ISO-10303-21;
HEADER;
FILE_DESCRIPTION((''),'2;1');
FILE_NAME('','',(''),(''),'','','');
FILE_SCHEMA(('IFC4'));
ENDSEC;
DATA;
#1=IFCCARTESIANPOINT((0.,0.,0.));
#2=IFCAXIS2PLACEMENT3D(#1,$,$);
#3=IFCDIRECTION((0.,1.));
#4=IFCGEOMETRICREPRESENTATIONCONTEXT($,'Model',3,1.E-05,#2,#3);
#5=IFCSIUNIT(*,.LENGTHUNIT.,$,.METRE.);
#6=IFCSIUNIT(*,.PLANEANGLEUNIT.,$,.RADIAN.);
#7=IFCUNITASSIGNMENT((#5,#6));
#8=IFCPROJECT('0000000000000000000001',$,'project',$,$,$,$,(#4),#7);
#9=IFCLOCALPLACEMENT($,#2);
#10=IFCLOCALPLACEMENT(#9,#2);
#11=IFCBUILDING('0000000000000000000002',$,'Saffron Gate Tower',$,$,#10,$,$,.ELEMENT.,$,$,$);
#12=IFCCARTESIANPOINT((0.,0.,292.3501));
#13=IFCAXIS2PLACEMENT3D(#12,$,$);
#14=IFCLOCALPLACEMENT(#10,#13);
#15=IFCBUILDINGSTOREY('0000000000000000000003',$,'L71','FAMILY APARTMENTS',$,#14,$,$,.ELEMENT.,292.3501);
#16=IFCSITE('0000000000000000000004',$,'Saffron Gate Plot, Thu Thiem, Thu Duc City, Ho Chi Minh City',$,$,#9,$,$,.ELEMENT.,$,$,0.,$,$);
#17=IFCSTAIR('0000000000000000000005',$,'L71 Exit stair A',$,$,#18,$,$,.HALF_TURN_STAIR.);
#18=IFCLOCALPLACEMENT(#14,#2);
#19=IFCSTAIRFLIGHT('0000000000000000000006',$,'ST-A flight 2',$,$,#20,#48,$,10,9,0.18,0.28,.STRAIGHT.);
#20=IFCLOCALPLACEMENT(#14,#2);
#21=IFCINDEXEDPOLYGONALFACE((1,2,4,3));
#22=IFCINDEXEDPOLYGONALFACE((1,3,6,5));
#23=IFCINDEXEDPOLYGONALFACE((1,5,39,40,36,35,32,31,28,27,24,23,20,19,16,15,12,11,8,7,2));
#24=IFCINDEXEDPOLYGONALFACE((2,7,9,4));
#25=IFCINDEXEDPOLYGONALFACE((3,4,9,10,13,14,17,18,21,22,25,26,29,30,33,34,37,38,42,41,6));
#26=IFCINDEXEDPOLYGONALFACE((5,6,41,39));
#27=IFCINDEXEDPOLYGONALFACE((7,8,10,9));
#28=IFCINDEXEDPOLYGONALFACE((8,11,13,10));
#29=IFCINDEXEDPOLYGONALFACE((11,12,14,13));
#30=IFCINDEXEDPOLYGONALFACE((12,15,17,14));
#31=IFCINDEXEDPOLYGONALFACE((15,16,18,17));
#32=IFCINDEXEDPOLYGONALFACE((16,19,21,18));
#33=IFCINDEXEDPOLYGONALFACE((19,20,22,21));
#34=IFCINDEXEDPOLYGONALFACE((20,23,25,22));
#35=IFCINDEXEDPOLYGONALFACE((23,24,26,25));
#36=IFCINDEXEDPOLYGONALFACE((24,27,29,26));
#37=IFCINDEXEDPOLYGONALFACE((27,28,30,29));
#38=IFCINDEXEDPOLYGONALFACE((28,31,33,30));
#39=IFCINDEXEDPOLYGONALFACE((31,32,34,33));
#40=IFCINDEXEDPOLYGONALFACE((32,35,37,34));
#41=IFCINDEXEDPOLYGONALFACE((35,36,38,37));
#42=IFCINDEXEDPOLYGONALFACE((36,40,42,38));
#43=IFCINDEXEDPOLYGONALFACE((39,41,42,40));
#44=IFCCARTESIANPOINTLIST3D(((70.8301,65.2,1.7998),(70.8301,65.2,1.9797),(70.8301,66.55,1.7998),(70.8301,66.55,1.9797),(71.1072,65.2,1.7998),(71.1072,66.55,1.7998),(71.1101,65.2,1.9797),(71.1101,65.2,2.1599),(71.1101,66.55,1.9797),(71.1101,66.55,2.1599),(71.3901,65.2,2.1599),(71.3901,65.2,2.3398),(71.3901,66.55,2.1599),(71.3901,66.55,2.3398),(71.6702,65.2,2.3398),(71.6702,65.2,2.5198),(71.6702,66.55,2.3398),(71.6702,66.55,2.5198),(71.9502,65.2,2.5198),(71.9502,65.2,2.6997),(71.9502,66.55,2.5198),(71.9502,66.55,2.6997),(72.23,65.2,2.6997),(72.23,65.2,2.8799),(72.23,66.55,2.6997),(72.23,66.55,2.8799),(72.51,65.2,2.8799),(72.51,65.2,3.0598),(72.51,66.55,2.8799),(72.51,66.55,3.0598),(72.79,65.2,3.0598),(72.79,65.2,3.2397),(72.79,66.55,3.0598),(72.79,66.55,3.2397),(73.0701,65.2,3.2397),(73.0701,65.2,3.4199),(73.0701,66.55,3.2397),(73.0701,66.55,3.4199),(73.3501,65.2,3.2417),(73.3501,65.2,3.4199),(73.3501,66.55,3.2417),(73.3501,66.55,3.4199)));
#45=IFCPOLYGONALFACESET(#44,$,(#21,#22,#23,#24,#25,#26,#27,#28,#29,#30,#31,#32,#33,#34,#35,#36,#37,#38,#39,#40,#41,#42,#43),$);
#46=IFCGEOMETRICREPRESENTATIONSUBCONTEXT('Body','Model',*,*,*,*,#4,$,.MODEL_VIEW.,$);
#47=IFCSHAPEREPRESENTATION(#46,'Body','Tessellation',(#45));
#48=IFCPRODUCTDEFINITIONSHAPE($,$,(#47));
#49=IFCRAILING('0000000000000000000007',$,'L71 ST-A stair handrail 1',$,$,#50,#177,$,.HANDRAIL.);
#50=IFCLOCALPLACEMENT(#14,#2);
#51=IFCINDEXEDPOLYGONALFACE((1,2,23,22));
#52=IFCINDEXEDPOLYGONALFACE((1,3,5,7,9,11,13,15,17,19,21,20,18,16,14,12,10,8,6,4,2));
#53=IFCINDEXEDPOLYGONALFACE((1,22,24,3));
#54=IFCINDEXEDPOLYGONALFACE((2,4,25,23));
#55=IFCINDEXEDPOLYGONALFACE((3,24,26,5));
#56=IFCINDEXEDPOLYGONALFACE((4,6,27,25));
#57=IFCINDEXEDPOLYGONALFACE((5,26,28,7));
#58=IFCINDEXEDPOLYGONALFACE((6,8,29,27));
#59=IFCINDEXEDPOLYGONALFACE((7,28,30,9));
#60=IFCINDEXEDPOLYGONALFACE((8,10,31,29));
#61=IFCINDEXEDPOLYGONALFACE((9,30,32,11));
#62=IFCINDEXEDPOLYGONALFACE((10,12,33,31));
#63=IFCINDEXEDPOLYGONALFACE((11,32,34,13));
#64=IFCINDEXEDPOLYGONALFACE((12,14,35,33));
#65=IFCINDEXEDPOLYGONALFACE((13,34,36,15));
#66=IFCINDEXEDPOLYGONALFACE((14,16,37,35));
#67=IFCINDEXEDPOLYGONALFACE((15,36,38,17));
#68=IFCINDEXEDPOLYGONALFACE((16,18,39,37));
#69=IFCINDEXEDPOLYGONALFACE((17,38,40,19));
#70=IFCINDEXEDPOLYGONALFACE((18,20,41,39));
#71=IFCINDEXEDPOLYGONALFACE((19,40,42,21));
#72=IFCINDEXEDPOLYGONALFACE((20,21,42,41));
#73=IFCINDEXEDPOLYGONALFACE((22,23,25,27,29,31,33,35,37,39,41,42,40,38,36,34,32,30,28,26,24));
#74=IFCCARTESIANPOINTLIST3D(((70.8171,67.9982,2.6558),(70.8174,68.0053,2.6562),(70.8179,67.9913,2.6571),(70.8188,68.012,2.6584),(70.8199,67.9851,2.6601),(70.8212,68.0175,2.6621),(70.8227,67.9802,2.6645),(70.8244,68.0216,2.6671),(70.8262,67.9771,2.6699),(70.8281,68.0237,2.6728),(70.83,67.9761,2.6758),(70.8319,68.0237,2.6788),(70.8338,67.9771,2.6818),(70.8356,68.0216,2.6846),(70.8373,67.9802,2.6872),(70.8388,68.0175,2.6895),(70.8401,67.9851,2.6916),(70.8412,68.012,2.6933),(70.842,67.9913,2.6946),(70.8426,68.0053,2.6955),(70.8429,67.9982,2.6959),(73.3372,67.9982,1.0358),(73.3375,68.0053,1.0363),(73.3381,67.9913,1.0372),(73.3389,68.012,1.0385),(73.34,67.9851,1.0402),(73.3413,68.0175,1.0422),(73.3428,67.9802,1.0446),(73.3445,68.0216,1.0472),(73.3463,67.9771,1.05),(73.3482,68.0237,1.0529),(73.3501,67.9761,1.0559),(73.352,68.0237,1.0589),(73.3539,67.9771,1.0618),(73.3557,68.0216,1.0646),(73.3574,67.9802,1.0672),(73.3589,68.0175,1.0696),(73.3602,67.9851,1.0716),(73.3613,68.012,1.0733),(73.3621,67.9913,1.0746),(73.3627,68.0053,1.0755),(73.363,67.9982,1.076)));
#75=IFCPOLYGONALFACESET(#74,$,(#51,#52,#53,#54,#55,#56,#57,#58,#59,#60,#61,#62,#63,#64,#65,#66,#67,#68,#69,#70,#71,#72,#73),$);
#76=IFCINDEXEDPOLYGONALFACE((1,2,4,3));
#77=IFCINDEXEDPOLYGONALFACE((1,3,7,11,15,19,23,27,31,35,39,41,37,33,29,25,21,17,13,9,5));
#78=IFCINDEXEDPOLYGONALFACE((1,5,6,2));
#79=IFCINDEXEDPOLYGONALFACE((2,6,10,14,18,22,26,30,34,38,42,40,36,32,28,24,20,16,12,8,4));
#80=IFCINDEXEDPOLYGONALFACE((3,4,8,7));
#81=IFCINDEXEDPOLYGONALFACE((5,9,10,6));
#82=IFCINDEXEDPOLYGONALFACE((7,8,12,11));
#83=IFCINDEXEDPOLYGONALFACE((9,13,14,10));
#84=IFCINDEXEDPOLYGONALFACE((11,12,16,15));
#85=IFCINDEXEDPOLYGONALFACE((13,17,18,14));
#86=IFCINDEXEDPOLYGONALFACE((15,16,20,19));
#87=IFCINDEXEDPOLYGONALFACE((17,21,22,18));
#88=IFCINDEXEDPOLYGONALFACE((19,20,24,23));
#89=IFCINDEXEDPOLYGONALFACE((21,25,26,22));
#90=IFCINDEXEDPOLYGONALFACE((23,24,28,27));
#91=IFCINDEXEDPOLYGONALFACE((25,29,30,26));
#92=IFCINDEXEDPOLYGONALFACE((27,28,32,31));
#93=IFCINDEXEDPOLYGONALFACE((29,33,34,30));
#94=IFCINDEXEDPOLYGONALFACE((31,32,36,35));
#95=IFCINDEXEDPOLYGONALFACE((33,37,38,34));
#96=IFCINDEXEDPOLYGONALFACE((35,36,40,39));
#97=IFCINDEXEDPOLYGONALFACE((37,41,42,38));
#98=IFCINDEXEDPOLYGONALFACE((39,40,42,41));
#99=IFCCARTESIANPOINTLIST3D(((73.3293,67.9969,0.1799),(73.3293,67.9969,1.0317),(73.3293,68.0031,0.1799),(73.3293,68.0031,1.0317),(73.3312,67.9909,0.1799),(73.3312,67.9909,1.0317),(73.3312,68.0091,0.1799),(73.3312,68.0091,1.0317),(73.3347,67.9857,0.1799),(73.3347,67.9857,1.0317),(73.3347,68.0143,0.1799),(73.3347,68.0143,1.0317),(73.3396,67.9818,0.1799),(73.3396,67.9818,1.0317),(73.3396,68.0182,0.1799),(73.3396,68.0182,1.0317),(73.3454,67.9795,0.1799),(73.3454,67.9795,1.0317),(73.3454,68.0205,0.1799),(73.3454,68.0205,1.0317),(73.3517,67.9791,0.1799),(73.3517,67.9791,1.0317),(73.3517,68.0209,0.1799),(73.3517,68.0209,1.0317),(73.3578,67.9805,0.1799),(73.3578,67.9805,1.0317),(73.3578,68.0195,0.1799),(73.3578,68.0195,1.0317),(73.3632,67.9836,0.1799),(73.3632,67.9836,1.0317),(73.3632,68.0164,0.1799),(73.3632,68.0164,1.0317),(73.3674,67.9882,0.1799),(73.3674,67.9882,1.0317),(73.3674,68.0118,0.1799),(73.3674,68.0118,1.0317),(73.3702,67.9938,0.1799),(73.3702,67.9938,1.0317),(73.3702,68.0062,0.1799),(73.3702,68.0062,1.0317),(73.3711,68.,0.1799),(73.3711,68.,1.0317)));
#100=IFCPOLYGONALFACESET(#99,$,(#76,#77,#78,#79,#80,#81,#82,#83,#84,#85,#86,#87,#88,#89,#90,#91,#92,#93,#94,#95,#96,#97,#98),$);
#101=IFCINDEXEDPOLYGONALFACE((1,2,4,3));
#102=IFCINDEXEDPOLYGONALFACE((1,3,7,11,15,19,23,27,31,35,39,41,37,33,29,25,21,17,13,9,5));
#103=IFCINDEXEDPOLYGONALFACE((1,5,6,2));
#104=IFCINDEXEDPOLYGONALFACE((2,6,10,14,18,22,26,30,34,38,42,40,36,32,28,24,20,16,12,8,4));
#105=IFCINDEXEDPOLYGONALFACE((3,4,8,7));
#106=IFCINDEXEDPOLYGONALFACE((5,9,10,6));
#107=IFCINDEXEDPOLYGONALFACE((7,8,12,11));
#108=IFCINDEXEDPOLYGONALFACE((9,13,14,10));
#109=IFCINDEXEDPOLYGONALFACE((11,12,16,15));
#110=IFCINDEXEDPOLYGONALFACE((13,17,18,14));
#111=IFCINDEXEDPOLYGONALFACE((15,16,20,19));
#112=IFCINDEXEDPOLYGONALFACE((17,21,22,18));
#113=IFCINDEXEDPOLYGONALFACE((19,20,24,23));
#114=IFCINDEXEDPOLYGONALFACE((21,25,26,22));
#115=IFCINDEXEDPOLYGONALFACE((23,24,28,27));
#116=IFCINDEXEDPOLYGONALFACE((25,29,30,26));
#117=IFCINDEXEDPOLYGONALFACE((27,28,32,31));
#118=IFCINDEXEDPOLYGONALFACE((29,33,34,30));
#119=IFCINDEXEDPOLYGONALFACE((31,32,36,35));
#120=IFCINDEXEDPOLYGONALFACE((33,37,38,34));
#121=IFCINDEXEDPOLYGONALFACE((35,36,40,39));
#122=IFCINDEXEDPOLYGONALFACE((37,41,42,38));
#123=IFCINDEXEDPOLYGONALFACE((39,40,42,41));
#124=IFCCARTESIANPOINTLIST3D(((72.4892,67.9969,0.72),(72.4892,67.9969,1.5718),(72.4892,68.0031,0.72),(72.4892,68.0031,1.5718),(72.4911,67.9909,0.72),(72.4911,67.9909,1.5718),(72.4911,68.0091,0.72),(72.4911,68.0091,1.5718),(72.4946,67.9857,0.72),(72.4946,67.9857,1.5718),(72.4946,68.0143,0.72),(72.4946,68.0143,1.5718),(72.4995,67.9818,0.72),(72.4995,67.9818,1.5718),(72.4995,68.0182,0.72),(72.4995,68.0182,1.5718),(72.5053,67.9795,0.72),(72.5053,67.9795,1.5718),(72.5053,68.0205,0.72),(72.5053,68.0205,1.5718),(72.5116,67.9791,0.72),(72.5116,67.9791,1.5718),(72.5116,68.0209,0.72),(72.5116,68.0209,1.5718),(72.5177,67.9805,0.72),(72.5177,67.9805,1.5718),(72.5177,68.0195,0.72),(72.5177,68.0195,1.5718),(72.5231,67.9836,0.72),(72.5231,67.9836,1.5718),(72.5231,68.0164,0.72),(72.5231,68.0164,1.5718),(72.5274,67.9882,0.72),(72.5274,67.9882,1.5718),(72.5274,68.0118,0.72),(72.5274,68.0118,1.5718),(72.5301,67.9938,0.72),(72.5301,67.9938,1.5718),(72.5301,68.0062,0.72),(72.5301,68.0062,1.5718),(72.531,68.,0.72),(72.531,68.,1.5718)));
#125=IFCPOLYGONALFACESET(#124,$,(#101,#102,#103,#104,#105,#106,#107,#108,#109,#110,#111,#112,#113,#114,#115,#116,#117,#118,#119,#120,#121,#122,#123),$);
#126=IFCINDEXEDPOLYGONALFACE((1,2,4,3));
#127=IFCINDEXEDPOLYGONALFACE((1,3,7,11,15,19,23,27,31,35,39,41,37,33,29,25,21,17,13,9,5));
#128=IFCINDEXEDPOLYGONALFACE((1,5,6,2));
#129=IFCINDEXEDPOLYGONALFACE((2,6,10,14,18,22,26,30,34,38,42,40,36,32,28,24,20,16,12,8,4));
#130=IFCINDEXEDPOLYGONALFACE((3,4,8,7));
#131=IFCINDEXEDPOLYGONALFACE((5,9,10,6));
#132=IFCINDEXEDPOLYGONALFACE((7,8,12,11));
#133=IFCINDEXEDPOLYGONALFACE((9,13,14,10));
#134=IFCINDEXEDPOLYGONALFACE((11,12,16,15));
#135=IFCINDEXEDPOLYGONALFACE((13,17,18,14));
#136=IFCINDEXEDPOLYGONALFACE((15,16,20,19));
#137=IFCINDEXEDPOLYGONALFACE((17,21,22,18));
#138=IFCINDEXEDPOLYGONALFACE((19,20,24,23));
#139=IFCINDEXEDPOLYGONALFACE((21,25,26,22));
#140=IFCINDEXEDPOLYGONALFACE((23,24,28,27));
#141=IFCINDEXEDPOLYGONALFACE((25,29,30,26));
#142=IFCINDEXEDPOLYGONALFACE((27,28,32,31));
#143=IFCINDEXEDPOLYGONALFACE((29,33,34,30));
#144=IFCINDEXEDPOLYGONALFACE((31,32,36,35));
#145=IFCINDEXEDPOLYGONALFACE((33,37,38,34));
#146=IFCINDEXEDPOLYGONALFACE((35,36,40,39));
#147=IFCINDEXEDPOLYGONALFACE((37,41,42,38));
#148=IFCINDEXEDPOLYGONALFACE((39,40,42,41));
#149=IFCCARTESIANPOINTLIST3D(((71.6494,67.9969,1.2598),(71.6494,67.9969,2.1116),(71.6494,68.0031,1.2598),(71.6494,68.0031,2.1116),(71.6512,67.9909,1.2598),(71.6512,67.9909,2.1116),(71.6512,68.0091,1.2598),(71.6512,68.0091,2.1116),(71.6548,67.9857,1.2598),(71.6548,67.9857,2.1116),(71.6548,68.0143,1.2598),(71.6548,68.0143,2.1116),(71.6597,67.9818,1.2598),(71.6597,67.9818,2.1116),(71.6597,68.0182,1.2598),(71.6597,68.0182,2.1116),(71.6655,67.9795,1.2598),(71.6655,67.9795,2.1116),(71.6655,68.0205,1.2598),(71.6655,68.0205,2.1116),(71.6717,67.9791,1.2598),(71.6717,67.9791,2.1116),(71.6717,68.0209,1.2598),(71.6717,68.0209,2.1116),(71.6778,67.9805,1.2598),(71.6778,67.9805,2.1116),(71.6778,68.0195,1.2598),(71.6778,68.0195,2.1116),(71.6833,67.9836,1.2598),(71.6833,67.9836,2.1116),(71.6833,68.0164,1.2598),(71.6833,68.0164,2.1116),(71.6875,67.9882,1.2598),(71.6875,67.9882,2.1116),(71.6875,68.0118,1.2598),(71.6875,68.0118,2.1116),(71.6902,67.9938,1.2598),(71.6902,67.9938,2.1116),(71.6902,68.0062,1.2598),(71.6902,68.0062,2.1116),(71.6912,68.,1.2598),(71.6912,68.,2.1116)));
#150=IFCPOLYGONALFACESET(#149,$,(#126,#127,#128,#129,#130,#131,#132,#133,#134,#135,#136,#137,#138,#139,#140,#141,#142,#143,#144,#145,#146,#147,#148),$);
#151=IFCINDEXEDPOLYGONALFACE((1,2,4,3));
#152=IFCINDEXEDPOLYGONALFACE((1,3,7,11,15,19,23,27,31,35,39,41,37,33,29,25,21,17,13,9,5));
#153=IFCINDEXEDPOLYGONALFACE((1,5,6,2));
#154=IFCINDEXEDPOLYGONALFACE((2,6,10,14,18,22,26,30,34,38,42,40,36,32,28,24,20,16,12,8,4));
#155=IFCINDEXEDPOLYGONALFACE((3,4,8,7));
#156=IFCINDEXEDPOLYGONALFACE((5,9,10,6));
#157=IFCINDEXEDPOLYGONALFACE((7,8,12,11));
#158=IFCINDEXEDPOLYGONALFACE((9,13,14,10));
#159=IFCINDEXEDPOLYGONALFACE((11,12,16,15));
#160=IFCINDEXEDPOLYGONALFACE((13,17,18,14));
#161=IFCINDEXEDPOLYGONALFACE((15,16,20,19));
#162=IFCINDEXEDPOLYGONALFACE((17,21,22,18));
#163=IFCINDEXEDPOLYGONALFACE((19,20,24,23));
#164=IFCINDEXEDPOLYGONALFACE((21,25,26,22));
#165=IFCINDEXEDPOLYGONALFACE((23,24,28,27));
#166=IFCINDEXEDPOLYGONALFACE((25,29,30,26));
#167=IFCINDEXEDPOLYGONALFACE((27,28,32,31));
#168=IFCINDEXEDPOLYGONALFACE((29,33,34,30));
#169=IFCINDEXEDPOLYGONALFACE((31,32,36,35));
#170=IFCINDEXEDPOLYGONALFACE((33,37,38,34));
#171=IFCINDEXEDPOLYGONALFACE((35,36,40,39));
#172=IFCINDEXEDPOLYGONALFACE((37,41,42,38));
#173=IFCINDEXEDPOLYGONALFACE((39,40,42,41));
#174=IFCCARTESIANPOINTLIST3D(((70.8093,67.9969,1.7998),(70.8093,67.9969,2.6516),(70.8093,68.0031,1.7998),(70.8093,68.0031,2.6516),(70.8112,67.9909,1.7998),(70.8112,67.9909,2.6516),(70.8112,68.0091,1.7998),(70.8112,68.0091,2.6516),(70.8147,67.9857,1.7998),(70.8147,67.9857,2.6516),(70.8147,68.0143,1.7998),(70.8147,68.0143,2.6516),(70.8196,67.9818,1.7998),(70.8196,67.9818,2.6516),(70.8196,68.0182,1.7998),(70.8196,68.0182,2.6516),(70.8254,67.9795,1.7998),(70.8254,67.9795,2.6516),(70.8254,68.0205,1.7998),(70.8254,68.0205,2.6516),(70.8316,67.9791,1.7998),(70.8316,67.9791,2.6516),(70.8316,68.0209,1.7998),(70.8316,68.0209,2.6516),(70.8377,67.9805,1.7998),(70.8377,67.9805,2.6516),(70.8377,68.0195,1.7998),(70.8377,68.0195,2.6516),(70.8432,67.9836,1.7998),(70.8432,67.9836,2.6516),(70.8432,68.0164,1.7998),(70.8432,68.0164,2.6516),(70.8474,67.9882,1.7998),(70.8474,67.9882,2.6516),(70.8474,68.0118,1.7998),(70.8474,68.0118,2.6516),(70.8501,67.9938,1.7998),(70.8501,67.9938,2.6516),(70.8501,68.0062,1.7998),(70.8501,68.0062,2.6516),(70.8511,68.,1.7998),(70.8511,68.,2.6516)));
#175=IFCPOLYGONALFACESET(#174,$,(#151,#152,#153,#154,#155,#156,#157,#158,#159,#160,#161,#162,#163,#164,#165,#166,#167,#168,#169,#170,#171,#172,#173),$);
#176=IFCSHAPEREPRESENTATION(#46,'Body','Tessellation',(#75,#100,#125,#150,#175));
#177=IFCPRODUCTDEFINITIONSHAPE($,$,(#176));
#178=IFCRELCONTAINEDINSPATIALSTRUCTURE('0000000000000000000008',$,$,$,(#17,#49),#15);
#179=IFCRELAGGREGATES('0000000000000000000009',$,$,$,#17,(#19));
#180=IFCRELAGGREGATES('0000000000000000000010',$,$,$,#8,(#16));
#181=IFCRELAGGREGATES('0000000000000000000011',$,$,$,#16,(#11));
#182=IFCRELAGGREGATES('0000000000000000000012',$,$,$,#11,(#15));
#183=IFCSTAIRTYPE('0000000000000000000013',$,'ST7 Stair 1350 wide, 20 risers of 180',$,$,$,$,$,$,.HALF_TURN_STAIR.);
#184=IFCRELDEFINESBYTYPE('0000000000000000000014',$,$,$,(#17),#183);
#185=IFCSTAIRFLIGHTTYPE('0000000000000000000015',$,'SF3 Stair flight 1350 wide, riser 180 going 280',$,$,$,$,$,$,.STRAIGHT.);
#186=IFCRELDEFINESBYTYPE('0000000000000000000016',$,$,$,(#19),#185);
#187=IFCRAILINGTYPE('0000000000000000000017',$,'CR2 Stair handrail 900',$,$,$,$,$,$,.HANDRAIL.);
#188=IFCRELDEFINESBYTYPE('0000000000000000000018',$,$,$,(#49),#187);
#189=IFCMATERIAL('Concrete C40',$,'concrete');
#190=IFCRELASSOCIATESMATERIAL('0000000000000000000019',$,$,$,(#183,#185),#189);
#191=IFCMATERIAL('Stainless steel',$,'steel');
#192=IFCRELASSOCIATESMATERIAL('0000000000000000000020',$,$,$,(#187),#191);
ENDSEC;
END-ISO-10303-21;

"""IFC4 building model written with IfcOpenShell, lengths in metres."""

from ifc_helpers import new_model, si_unit, direction, frame, origin, origin_2d, place, context, subcontext, project, spatial, polyline, circle, outline, extrude, material, type_object, element, aggregate, save


model = new_model("IFC4")

# Units and contexts
model_context = context("Model", 3, precision=1e-05, world=origin(), true_north=direction((0.0, 1.0)))
body_context = subcontext(model_context, "Body", "Model", "MODEL_VIEW")
ifc_project = project(units=[si_unit("LENGTHUNIT", "METRE"), si_unit("PLANEANGLEUNIT", "RADIAN")], contexts=[model_context])

# Site, building, storey
site_placement = place(None, origin())
site = spatial("IfcSite", under=ifc_project, at=site_placement, Name="Saffron Gate Plot, Thu Thiem, Thu Duc City, Ho Chi Minh City", CompositionType="ELEMENT", RefElevation=0.0)
building_placement = place(site_placement, origin())
building = spatial("IfcBuilding", under=site, at=building_placement, Name="Saffron Gate Tower", CompositionType="ELEMENT")
storey_placement = place(building_placement, frame((0.0, 0.0, 292.3501)))
storey = spatial("IfcBuildingStorey", under=building, at=storey_placement, Name="L71", Description="FAMILY APARTMENTS", CompositionType="ELEMENT", Elevation=292.3501)

# Stair, stair flight
ifc_material_1 = material(Name="Concrete C40", Category="concrete")
stair_type = type_object("IfcStairType", Name="ST7 Stair 1350 wide, 20 risers of 180", PredefinedType="HALF_TURN_STAIR", material=ifc_material_1)
stair_placement = place(storey_placement, origin())
stair = element("IfcStair", 1, at=stair_placement, inside=storey, type_object=stair_type, Name="L71 Exit stair A", PredefinedType="HALF_TURN_STAIR")
stair_flight_type = type_object("IfcStairFlightType", Name="SF3 Stair flight 1350 wide, riser 180 going 280", PredefinedType="STRAIGHT", material=ifc_material_1)
stair_flight_1_placement = place(storey_placement, frame((70.8301, 65.875, 1.7998), z_axis=(0.0, 0.0, 1.0), x_axis=(1.0, 0.0, 0.0)))
stair_flight_1 = element("IfcStairFlight", 2, at=stair_flight_1_placement, type_object=stair_flight_type, Name="ST-A flight 2", NumberOfRisers=10, NumberOfTreads=9, PredefinedType="STRAIGHT", RiserHeight=0.18, TreadLength=0.28, context=body_context, shape_type="SweptSolid", body=[
    extrude(outline(polyline([(0.0, 0.0), (0.0, 0.1799), (0.28, 0.1799), (0.28, 0.3601), (0.5601, 0.3601), (0.5601, 0.54), (0.8401, 0.54), (0.8401, 0.72), (1.1201, 0.72), (1.1201, 0.8999), (1.3999, 0.8999), (1.3999, 1.0801), (1.6799, 1.0801), (1.6799, 1.26), (1.96, 1.26), (1.96, 1.4399), (2.24, 1.4399), (2.24, 1.6201), (2.52, 1.6201), (2.52, 1.8), (2.52, 1.4419), (0.2771, 0.0), (0.0, 0.0)])), frame((0.0, 0.675, 0.0), z_axis=(0.0, -1.0, 0.0), x_axis=(1.0, 0.0, 0.0)), (0.0, 0.0, 1.0), 1.3501),
])
aggregate(stair, [stair_flight_1])

# Railing
ifc_material_2 = material(Name="Stainless steel", Category="steel")
railing_type_1 = type_object("IfcRailingType", Name="CR2 Stair handrail 900", PredefinedType="HANDRAIL", material=ifc_material_2)
railing_1_placement = place(storey_placement, frame((73.3501, 68.0, 0.1799)))
element("IfcRailing", 3, at=railing_1_placement, inside=storey, type_object=railing_type_1, Name="L71 ST-A stair handrail 1", PredefinedType="HANDRAIL", context=body_context, shape_type="SweptSolid", body=[
    extrude(circle(Radius=0.0239, at=origin_2d()), frame((0.0, 0.0, 0.876), z_axis=(-0.8412, 0.0, 0.540725), x_axis=(0.0, -1.0, 0.0)), (0.0, 0.0, 1.0), 2.9958),
    extrude(circle(Radius=0.021, at=origin_2d()), origin(), (0.0, 0.0, 1.0), 0.8518),
    extrude(circle(Radius=0.021, at=origin_2d()), frame((-0.8401, 0.0, 0.54)), (0.0, 0.0, 1.0), 0.8518),
    extrude(circle(Radius=0.021, at=origin_2d()), frame((-1.6799, 0.0, 1.0798)), (0.0, 0.0, 1.0), 0.8518),
    extrude(circle(Radius=0.021, at=origin_2d()), frame((-2.52, 0.0, 1.6199)), (0.0, 0.0, 1.0), 0.8518),
])

save(model, "model.ifc")
